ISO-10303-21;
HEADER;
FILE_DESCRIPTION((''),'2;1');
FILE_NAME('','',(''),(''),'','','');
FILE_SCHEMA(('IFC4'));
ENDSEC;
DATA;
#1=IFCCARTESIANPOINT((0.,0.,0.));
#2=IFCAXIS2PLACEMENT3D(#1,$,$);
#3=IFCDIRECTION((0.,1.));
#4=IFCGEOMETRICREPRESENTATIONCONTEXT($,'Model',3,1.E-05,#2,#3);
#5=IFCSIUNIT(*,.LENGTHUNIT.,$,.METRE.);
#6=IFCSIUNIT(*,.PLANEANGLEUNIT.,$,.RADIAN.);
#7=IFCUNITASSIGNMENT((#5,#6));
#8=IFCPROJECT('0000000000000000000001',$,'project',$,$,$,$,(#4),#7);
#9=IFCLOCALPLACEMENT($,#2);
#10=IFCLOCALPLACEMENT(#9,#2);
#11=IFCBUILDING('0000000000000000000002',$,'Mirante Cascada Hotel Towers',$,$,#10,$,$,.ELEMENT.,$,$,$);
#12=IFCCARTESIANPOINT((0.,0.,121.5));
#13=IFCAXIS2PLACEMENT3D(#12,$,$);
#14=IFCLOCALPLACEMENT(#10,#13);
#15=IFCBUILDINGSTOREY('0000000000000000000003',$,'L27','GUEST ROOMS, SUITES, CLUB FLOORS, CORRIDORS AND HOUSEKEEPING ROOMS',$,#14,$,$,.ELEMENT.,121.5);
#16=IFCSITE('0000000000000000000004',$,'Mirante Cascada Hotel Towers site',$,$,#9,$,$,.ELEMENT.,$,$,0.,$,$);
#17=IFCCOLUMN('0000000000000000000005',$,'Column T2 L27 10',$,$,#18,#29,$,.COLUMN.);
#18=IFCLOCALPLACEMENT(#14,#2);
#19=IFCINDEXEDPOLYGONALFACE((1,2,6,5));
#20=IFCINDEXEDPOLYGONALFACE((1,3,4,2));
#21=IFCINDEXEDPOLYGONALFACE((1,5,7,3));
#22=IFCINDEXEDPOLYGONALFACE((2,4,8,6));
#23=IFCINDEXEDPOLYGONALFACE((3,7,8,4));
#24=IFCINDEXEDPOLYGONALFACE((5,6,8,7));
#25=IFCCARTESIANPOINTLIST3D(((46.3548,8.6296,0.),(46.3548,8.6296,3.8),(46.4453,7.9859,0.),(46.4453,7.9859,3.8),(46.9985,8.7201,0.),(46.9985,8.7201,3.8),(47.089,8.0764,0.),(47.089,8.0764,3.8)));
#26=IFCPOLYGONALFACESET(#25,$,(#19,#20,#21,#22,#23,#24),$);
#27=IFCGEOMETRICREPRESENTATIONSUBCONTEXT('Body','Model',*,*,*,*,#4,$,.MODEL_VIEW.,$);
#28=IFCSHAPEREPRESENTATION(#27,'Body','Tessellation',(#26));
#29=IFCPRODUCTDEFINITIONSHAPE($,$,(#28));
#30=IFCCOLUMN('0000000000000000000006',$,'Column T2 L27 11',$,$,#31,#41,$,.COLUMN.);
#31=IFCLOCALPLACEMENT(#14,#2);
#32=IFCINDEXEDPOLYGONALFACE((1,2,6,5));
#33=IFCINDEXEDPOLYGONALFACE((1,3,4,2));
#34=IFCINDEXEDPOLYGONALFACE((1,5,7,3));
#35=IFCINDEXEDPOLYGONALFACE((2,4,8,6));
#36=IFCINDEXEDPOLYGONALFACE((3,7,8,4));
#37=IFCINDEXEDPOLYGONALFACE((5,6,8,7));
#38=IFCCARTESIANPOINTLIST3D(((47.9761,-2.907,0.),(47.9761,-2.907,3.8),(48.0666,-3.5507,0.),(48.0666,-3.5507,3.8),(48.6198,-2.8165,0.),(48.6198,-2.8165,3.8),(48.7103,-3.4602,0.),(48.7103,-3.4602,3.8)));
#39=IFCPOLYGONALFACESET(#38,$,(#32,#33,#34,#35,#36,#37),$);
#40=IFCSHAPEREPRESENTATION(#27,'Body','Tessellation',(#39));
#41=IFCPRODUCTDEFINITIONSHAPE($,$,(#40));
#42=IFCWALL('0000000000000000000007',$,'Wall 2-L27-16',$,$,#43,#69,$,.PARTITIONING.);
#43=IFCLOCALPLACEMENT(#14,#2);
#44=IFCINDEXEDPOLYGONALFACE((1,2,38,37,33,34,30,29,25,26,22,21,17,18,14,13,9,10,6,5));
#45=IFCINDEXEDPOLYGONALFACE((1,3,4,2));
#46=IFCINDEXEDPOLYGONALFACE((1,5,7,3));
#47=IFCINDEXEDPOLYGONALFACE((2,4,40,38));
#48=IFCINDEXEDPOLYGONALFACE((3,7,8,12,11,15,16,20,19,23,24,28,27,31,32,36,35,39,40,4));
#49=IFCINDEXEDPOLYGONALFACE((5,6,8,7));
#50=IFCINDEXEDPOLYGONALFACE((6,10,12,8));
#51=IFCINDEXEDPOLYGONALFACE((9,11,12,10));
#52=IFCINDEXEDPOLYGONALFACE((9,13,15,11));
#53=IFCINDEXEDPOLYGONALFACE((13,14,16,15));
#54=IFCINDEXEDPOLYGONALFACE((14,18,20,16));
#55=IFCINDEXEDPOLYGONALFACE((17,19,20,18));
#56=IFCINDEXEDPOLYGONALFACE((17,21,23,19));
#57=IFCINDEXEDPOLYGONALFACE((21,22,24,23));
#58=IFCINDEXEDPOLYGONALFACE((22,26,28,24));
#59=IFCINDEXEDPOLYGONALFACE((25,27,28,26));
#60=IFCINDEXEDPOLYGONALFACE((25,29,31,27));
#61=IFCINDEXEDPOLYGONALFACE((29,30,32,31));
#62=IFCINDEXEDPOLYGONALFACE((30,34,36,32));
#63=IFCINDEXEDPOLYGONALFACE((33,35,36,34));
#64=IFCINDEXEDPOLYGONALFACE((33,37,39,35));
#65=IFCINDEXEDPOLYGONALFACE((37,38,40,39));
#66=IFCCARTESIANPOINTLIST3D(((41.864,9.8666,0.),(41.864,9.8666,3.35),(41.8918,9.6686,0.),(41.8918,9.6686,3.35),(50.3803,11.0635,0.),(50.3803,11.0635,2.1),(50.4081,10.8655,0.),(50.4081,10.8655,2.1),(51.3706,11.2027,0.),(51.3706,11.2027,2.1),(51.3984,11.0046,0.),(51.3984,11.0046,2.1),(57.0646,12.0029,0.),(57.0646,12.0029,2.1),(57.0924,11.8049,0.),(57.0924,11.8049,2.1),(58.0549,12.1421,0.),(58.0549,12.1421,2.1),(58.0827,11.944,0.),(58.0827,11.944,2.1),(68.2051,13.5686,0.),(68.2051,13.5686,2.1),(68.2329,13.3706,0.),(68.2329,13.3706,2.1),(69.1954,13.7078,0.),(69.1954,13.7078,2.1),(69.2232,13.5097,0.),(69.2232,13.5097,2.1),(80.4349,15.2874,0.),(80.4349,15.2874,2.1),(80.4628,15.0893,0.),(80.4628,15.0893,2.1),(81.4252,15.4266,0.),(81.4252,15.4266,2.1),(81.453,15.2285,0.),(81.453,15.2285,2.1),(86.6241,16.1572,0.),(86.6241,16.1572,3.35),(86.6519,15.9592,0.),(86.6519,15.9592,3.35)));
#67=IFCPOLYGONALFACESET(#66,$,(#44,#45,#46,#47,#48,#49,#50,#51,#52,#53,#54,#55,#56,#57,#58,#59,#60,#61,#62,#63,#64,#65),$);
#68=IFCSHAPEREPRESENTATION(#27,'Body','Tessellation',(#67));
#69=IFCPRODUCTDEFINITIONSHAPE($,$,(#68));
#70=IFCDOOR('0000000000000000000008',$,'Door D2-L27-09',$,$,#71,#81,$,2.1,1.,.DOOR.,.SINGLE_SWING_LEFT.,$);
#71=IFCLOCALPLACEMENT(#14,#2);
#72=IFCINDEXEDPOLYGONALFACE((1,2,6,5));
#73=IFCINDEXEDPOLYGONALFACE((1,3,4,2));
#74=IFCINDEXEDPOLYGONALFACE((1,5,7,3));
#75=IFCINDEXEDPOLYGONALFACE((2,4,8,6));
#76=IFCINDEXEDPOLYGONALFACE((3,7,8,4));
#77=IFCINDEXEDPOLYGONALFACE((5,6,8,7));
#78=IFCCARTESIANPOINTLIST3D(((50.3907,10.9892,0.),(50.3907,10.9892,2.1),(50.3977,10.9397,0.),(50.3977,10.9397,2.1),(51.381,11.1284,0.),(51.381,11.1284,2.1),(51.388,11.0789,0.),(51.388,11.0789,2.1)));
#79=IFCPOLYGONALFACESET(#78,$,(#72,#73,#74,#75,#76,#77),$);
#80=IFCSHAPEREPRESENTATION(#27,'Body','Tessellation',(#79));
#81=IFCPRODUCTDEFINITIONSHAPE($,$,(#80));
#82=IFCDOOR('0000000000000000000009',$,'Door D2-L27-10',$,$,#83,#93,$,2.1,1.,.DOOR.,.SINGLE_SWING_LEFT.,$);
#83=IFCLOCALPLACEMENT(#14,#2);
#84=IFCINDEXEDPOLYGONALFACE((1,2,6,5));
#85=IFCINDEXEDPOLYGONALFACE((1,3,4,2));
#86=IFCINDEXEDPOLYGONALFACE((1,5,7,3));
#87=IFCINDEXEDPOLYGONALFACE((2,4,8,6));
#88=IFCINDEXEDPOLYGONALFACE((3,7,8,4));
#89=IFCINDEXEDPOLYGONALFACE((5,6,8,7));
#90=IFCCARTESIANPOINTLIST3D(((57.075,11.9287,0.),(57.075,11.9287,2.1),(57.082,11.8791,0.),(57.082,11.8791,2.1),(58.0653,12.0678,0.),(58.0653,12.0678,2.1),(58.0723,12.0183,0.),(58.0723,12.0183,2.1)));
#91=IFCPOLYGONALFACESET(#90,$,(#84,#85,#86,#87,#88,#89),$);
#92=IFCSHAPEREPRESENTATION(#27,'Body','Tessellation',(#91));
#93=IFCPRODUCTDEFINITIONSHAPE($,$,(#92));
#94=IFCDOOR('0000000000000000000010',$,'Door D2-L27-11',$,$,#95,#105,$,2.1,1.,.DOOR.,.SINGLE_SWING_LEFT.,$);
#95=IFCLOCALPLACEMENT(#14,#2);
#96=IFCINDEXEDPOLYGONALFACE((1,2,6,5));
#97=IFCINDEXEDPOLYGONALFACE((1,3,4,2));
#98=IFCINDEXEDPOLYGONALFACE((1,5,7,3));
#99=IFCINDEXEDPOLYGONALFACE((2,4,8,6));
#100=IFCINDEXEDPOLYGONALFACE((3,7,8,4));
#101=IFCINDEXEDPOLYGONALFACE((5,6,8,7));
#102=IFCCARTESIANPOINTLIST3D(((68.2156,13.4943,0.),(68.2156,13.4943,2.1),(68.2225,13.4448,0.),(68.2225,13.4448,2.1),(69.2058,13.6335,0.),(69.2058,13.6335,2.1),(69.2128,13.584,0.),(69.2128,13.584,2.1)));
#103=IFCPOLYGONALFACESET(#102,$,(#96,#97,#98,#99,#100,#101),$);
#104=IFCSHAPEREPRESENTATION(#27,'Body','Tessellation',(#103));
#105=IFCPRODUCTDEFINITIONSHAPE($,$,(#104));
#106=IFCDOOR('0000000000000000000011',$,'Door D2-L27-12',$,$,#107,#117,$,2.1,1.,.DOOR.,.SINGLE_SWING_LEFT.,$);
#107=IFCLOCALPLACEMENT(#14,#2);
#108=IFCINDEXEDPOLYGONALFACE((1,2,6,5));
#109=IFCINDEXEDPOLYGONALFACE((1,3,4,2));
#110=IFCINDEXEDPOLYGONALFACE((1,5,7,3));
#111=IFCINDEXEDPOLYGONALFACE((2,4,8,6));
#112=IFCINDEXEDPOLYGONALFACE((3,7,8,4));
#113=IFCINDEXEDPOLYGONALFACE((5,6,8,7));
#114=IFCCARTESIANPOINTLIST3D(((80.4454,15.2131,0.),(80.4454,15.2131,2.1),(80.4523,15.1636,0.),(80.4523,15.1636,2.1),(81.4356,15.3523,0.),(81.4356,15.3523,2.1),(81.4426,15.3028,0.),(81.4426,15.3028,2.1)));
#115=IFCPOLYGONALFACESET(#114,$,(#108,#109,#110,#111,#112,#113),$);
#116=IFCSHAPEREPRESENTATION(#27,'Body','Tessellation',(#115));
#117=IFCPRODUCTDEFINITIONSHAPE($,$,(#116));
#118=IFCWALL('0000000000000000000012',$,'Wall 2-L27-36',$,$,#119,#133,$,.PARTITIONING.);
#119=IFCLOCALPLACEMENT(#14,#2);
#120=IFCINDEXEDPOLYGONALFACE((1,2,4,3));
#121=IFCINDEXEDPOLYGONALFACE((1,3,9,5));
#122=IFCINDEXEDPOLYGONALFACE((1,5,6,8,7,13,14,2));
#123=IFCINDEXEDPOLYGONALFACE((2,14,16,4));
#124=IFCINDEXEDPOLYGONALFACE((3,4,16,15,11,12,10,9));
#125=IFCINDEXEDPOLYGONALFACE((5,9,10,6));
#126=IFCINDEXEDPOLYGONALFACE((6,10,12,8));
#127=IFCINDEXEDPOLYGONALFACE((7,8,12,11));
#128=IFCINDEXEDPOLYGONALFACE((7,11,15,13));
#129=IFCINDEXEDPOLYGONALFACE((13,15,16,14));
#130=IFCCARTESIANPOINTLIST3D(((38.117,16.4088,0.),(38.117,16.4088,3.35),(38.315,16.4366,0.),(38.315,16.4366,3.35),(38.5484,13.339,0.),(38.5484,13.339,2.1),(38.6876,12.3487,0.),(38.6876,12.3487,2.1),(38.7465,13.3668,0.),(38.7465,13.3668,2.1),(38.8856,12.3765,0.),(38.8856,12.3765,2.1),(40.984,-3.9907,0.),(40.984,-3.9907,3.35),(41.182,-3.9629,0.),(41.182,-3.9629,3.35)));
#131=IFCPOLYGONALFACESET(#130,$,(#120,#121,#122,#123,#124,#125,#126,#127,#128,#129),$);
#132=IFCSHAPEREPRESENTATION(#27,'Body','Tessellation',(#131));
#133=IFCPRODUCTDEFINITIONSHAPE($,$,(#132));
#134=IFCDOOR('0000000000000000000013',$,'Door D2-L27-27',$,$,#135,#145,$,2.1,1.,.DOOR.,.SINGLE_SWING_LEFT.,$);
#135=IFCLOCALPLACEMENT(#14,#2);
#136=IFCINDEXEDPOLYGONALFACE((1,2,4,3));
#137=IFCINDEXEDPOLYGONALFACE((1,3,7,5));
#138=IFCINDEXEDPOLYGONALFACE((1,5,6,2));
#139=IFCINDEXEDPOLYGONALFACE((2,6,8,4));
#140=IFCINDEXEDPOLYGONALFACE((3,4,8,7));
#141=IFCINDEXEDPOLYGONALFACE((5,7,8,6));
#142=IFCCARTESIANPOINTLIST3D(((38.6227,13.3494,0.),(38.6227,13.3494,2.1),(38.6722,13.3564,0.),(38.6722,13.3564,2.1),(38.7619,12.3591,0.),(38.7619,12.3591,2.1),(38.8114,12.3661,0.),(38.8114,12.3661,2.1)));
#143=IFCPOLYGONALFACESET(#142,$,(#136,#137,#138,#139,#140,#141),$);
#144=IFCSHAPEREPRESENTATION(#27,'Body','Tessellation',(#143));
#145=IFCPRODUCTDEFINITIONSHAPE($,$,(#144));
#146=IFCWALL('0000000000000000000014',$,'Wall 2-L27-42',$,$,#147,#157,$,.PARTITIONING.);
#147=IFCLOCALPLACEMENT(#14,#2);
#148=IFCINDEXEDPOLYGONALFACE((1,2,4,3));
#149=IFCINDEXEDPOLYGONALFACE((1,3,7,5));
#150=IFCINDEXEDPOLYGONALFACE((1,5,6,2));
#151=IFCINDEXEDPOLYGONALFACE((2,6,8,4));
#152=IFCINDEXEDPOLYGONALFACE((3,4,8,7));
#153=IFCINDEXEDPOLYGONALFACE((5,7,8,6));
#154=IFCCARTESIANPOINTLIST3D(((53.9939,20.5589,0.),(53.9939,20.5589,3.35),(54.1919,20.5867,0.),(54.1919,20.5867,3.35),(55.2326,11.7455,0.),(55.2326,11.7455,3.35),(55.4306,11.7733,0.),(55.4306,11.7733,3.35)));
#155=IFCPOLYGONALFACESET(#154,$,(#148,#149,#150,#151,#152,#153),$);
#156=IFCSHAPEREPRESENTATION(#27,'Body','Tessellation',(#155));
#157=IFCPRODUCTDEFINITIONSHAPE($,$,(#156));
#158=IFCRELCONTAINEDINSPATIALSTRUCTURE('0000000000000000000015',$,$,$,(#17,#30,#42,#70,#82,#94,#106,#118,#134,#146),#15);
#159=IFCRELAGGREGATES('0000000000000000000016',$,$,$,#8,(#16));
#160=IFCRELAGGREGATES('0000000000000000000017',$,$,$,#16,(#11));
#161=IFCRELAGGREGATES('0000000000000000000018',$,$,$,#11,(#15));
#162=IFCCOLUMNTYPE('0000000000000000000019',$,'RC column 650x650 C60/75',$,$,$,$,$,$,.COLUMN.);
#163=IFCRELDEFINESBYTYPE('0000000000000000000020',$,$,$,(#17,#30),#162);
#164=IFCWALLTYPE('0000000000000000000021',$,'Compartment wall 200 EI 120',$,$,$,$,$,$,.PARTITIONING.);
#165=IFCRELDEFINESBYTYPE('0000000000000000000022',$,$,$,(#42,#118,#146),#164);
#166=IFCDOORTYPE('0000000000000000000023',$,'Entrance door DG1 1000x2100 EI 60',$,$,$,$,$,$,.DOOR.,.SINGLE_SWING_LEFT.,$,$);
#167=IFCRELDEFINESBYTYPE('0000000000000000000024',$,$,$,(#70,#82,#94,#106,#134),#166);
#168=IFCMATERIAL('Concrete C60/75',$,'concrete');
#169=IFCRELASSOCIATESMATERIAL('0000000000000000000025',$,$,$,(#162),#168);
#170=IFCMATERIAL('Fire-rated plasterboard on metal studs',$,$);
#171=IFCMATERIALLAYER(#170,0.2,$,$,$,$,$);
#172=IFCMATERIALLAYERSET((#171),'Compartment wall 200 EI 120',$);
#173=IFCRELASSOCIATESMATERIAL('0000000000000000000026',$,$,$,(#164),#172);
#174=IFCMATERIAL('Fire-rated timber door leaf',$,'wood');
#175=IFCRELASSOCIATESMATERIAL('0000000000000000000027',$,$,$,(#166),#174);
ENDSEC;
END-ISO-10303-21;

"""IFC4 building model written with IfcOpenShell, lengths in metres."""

from ifc_helpers import new_model, si_unit, direction, frame, frame_2d, origin, origin_2d, place, context, subcontext, project, spatial, rectangle, extrude, material, layer, layer_set, material_profile, profile_set, type_object, element, fill, save


model = new_model("IFC4")

# Units and contexts
model_context = context("Model", 3, precision=1e-05, world=origin(), true_north=direction((0.0, 1.0)))
body_context = subcontext(model_context, "Body", "Model", "MODEL_VIEW")
ifc_project = project(units=[si_unit("LENGTHUNIT", "METRE"), si_unit("PLANEANGLEUNIT", "RADIAN")], contexts=[model_context])

# Site, building, storey
site_placement = place(None, origin())
site = spatial("IfcSite", under=ifc_project, at=site_placement, Name="Mirante Cascada Hotel Towers site", CompositionType="ELEMENT", RefElevation=0.0)
building_placement = place(site_placement, origin())
building = spatial("IfcBuilding", under=site, at=building_placement, Name="Mirante Cascada Hotel Towers", CompositionType="ELEMENT")
storey_placement = place(building_placement, frame((0.0, 0.0, 121.5)))
storey = spatial("IfcBuildingStorey", under=building, at=storey_placement, Name="L27", Description="GUEST ROOMS, SUITES, CLUB FLOORS, CORRIDORS AND HOUSEKEEPING ROOMS", CompositionType="ELEMENT", Elevation=121.5)

# Columns
ifc_material_1 = material(Name="Concrete C60/75", Category="concrete")
ifc_material_profile = material_profile(ifc_material_1, rectangle(XDim=0.65, YDim=0.65, at=origin_2d()), Name="RC column 650x650 C60/75")
ifc_profile_set = profile_set([ifc_material_profile], Name="Concrete C60/75")
column_type = type_object("IfcColumnType", Name="RC column 650x650 C60/75", PredefinedType="COLUMN", material=ifc_profile_set)
for number, where, z_axis, x_axis, name in (
    (1, (46.7219, 8.353, 0.0), (0.0, 0.0, 1.0), (0.990268, 0.139173, 0.0), "Column T2 L27 10"),
    (2, (48.3432, -3.1836, 0.0), (0.0, 0.0, 1.0), (0.990268, 0.139173, 0.0), "Column T2 L27 11"),
):
    element("IfcColumn", number, at=place(storey_placement, frame(where, z_axis=z_axis, x_axis=x_axis)), inside=storey, type_object=column_type, Name=name, PredefinedType="COLUMN", context=body_context, shape_type="SweptSolid", body=[
        extrude(rectangle(XDim=0.65, YDim=0.65, at=origin_2d()), origin(), (0.0, 0.0, 1.0), 3.8),
    ])

# Wall, openings, doors
ifc_material_2 = material(Name="Fire-rated plasterboard on metal studs")
ifc_layer_1 = layer(ifc_material_2, 0.2)
ifc_layer_set_1 = layer_set([ifc_layer_1], Name="Compartment wall 200 EI 120")
wall_type_1 = type_object("IfcWallType", Name="Compartment wall 200 EI 120", PredefinedType="PARTITIONING", material=ifc_layer_set_1)
wall_1_placement = place(storey_placement, frame((41.8779, 9.7676, 0.0), z_axis=(0.0, 0.0, 1.0), x_axis=(0.990268, 0.139173, 0.0)))
wall_1 = element("IfcWall", 3, at=wall_1_placement, inside=storey, type_object=wall_type_1, Name="Wall 2-L27-16", PredefinedType="PARTITIONING", context=body_context, shape_type="SweptSolid", body=[
    extrude(rectangle(XDim=45.2, YDim=0.2, at=frame_2d((22.6, 0.0))), origin(), (0.0, 0.0, 1.0), 3.35),
])
opening_1_placement = place(wall_1_placement, frame((8.6, 0.0, 0.0)))
opening_1 = element("IfcOpeningElement", 4, at=opening_1_placement, cuts=wall_1, PredefinedType="OPENING", context=body_context, shape_type="SweptSolid", body=[
    extrude(rectangle(XDim=1.0, YDim=2.1, at=frame_2d((0.5, 1.05))), frame((0.0, 0.1, 0.0), z_axis=(0.0, -1.0, 0.0), x_axis=(1.0, 0.0, 0.0)), (0.0, 0.0, 1.0), 0.2),
])
opening_2_placement = place(wall_1_placement, frame((15.35, 0.0, 0.0)))
opening_2 = element("IfcOpeningElement", 5, at=opening_2_placement, cuts=wall_1, PredefinedType="OPENING", context=body_context, shape_type="SweptSolid", body=[
    extrude(rectangle(XDim=1.0, YDim=2.1, at=frame_2d((0.5, 1.05))), frame((0.0, 0.1, 0.0), z_axis=(0.0, -1.0, 0.0), x_axis=(1.0, 0.0, 0.0)), (0.0, 0.0, 1.0), 0.2),
])
opening_3_placement = place(wall_1_placement, frame((26.6, 0.0, 0.0)))
opening_3 = element("IfcOpeningElement", 6, at=opening_3_placement, cuts=wall_1, PredefinedType="OPENING", context=body_context, shape_type="SweptSolid", body=[
    extrude(rectangle(XDim=1.0, YDim=2.1, at=frame_2d((0.5, 1.05))), frame((0.0, 0.1, 0.0), z_axis=(0.0, -1.0, 0.0), x_axis=(1.0, 0.0, 0.0)), (0.0, 0.0, 1.0), 0.2),
])
opening_4_placement = place(wall_1_placement, frame((38.95, 0.0, 0.0)))
opening_4 = element("IfcOpeningElement", 7, at=opening_4_placement, cuts=wall_1, PredefinedType="OPENING", context=body_context, shape_type="SweptSolid", body=[
    extrude(rectangle(XDim=1.0, YDim=2.1, at=frame_2d((0.5, 1.05))), frame((0.0, 0.1, 0.0), z_axis=(0.0, -1.0, 0.0), x_axis=(1.0, 0.0, 0.0)), (0.0, 0.0, 1.0), 0.2),
])
ifc_material_3 = material(Name="Fire-rated timber door leaf", Category="wood")
door_type_1 = type_object("IfcDoorType", Name="Entrance door DG1 1000x2100 EI 60", OperationType="SINGLE_SWING_LEFT", PredefinedType="DOOR", material=ifc_material_3)
door_1_placement = place(opening_1_placement, origin())
door_1 = element("IfcDoor", 8, at=door_1_placement, inside=storey, type_object=door_type_1, Name="Door D2-L27-09", OperationType="SINGLE_SWING_LEFT", OverallHeight=2.1, OverallWidth=1.0, PredefinedType="DOOR", context=body_context, shape_type="SweptSolid", body=[
    extrude(rectangle(XDim=1.0, YDim=2.1, at=frame_2d((0.5, 1.05))), frame((0.0, 0.025, 0.0), z_axis=(0.0, -1.0, 0.0), x_axis=(1.0, 0.0, 0.0)), (0.0, 0.0, 1.0), 0.05),
])
fill(opening_1, door_1)
door_2_placement = place(opening_2_placement, origin())
door_2 = element("IfcDoor", 9, at=door_2_placement, inside=storey, type_object=door_type_1, Name="Door D2-L27-10", OperationType="SINGLE_SWING_LEFT", OverallHeight=2.1, OverallWidth=1.0, PredefinedType="DOOR", context=body_context, shape_type="SweptSolid", body=[
    extrude(rectangle(XDim=1.0, YDim=2.1, at=frame_2d((0.5, 1.05))), frame((0.0, 0.025, 0.0), z_axis=(0.0, -1.0, 0.0), x_axis=(1.0, 0.0, 0.0)), (0.0, 0.0, 1.0), 0.05),
])
fill(opening_2, door_2)
door_3_placement = place(opening_3_placement, origin())
door_3 = element("IfcDoor", 10, at=door_3_placement, inside=storey, type_object=door_type_1, Name="Door D2-L27-11", OperationType="SINGLE_SWING_LEFT", OverallHeight=2.1, OverallWidth=1.0, PredefinedType="DOOR", context=body_context, shape_type="SweptSolid", body=[
    extrude(rectangle(XDim=1.0, YDim=2.1, at=frame_2d((0.5, 1.05))), frame((0.0, 0.025, 0.0), z_axis=(0.0, -1.0, 0.0), x_axis=(1.0, 0.0, 0.0)), (0.0, 0.0, 1.0), 0.05),
])
fill(opening_3, door_3)
door_4_placement = place(opening_4_placement, origin())
door_4 = element("IfcDoor", 11, at=door_4_placement, inside=storey, type_object=door_type_1, Name="Door D2-L27-12", OperationType="SINGLE_SWING_LEFT", OverallHeight=2.1, OverallWidth=1.0, PredefinedType="DOOR", context=body_context, shape_type="SweptSolid", body=[
    extrude(rectangle(XDim=1.0, YDim=2.1, at=frame_2d((0.5, 1.05))), frame((0.0, 0.025, 0.0), z_axis=(0.0, -1.0, 0.0), x_axis=(1.0, 0.0, 0.0)), (0.0, 0.0, 1.0), 0.05),
])
fill(opening_4, door_4)

# Wall, opening, door
wall_2_placement = place(storey_placement, frame((41.083, -3.9768, 0.0), z_axis=(0.0, 0.0, 1.0), x_axis=(-0.139175, 0.990268, 0.0)))
wall_2 = element("IfcWall", 12, at=wall_2_placement, inside=storey, type_object=wall_type_1, Name="Wall 2-L27-36", PredefinedType="PARTITIONING", context=body_context, shape_type="SweptSolid", body=[
    extrude(rectangle(XDim=20.6, YDim=0.2, at=frame_2d((10.3, 0.0))), origin(), (0.0, 0.0, 1.0), 3.35),
])
opening_5_placement = place(wall_2_placement, frame((16.5, 0.0, 0.0)))
opening_5 = element("IfcOpeningElement", 13, at=opening_5_placement, cuts=wall_2, PredefinedType="OPENING", context=body_context, shape_type="SweptSolid", body=[
    extrude(rectangle(XDim=1.0, YDim=2.1, at=frame_2d((0.5, 1.05))), frame((0.0, 0.1, 0.0), z_axis=(0.0, -1.0, 0.0), x_axis=(1.0, 0.0, 0.0)), (0.0, 0.0, 1.0), 0.2),
])
door_5_placement = place(opening_5_placement, origin())
door_5 = element("IfcDoor", 14, at=door_5_placement, inside=storey, type_object=door_type_1, Name="Door D2-L27-27", OperationType="SINGLE_SWING_LEFT", OverallHeight=2.1, OverallWidth=1.0, PredefinedType="DOOR", context=body_context, shape_type="SweptSolid", body=[
    extrude(rectangle(XDim=1.0, YDim=2.1, at=frame_2d((0.5, 1.05))), frame((0.0, 0.025, 0.0), z_axis=(0.0, -1.0, 0.0), x_axis=(1.0, 0.0, 0.0)), (0.0, 0.0, 1.0), 0.05),
])
fill(opening_5, door_5)

# Wall
wall_3_placement = place(storey_placement, frame((55.3316, 11.7594, 0.0), z_axis=(0.0, 0.0, 1.0), x_axis=(-0.139179, 0.990267, 0.0)))
element("IfcWall", 15, at=wall_3_placement, inside=storey, type_object=wall_type_1, Name="Wall 2-L27-42", PredefinedType="PARTITIONING", context=body_context, shape_type="SweptSolid", body=[
    extrude(rectangle(XDim=8.9, YDim=0.2, at=frame_2d((4.45, 0.0))), origin(), (0.0, 0.0, 1.0), 3.35),
])

save(model, "model.ifc")
